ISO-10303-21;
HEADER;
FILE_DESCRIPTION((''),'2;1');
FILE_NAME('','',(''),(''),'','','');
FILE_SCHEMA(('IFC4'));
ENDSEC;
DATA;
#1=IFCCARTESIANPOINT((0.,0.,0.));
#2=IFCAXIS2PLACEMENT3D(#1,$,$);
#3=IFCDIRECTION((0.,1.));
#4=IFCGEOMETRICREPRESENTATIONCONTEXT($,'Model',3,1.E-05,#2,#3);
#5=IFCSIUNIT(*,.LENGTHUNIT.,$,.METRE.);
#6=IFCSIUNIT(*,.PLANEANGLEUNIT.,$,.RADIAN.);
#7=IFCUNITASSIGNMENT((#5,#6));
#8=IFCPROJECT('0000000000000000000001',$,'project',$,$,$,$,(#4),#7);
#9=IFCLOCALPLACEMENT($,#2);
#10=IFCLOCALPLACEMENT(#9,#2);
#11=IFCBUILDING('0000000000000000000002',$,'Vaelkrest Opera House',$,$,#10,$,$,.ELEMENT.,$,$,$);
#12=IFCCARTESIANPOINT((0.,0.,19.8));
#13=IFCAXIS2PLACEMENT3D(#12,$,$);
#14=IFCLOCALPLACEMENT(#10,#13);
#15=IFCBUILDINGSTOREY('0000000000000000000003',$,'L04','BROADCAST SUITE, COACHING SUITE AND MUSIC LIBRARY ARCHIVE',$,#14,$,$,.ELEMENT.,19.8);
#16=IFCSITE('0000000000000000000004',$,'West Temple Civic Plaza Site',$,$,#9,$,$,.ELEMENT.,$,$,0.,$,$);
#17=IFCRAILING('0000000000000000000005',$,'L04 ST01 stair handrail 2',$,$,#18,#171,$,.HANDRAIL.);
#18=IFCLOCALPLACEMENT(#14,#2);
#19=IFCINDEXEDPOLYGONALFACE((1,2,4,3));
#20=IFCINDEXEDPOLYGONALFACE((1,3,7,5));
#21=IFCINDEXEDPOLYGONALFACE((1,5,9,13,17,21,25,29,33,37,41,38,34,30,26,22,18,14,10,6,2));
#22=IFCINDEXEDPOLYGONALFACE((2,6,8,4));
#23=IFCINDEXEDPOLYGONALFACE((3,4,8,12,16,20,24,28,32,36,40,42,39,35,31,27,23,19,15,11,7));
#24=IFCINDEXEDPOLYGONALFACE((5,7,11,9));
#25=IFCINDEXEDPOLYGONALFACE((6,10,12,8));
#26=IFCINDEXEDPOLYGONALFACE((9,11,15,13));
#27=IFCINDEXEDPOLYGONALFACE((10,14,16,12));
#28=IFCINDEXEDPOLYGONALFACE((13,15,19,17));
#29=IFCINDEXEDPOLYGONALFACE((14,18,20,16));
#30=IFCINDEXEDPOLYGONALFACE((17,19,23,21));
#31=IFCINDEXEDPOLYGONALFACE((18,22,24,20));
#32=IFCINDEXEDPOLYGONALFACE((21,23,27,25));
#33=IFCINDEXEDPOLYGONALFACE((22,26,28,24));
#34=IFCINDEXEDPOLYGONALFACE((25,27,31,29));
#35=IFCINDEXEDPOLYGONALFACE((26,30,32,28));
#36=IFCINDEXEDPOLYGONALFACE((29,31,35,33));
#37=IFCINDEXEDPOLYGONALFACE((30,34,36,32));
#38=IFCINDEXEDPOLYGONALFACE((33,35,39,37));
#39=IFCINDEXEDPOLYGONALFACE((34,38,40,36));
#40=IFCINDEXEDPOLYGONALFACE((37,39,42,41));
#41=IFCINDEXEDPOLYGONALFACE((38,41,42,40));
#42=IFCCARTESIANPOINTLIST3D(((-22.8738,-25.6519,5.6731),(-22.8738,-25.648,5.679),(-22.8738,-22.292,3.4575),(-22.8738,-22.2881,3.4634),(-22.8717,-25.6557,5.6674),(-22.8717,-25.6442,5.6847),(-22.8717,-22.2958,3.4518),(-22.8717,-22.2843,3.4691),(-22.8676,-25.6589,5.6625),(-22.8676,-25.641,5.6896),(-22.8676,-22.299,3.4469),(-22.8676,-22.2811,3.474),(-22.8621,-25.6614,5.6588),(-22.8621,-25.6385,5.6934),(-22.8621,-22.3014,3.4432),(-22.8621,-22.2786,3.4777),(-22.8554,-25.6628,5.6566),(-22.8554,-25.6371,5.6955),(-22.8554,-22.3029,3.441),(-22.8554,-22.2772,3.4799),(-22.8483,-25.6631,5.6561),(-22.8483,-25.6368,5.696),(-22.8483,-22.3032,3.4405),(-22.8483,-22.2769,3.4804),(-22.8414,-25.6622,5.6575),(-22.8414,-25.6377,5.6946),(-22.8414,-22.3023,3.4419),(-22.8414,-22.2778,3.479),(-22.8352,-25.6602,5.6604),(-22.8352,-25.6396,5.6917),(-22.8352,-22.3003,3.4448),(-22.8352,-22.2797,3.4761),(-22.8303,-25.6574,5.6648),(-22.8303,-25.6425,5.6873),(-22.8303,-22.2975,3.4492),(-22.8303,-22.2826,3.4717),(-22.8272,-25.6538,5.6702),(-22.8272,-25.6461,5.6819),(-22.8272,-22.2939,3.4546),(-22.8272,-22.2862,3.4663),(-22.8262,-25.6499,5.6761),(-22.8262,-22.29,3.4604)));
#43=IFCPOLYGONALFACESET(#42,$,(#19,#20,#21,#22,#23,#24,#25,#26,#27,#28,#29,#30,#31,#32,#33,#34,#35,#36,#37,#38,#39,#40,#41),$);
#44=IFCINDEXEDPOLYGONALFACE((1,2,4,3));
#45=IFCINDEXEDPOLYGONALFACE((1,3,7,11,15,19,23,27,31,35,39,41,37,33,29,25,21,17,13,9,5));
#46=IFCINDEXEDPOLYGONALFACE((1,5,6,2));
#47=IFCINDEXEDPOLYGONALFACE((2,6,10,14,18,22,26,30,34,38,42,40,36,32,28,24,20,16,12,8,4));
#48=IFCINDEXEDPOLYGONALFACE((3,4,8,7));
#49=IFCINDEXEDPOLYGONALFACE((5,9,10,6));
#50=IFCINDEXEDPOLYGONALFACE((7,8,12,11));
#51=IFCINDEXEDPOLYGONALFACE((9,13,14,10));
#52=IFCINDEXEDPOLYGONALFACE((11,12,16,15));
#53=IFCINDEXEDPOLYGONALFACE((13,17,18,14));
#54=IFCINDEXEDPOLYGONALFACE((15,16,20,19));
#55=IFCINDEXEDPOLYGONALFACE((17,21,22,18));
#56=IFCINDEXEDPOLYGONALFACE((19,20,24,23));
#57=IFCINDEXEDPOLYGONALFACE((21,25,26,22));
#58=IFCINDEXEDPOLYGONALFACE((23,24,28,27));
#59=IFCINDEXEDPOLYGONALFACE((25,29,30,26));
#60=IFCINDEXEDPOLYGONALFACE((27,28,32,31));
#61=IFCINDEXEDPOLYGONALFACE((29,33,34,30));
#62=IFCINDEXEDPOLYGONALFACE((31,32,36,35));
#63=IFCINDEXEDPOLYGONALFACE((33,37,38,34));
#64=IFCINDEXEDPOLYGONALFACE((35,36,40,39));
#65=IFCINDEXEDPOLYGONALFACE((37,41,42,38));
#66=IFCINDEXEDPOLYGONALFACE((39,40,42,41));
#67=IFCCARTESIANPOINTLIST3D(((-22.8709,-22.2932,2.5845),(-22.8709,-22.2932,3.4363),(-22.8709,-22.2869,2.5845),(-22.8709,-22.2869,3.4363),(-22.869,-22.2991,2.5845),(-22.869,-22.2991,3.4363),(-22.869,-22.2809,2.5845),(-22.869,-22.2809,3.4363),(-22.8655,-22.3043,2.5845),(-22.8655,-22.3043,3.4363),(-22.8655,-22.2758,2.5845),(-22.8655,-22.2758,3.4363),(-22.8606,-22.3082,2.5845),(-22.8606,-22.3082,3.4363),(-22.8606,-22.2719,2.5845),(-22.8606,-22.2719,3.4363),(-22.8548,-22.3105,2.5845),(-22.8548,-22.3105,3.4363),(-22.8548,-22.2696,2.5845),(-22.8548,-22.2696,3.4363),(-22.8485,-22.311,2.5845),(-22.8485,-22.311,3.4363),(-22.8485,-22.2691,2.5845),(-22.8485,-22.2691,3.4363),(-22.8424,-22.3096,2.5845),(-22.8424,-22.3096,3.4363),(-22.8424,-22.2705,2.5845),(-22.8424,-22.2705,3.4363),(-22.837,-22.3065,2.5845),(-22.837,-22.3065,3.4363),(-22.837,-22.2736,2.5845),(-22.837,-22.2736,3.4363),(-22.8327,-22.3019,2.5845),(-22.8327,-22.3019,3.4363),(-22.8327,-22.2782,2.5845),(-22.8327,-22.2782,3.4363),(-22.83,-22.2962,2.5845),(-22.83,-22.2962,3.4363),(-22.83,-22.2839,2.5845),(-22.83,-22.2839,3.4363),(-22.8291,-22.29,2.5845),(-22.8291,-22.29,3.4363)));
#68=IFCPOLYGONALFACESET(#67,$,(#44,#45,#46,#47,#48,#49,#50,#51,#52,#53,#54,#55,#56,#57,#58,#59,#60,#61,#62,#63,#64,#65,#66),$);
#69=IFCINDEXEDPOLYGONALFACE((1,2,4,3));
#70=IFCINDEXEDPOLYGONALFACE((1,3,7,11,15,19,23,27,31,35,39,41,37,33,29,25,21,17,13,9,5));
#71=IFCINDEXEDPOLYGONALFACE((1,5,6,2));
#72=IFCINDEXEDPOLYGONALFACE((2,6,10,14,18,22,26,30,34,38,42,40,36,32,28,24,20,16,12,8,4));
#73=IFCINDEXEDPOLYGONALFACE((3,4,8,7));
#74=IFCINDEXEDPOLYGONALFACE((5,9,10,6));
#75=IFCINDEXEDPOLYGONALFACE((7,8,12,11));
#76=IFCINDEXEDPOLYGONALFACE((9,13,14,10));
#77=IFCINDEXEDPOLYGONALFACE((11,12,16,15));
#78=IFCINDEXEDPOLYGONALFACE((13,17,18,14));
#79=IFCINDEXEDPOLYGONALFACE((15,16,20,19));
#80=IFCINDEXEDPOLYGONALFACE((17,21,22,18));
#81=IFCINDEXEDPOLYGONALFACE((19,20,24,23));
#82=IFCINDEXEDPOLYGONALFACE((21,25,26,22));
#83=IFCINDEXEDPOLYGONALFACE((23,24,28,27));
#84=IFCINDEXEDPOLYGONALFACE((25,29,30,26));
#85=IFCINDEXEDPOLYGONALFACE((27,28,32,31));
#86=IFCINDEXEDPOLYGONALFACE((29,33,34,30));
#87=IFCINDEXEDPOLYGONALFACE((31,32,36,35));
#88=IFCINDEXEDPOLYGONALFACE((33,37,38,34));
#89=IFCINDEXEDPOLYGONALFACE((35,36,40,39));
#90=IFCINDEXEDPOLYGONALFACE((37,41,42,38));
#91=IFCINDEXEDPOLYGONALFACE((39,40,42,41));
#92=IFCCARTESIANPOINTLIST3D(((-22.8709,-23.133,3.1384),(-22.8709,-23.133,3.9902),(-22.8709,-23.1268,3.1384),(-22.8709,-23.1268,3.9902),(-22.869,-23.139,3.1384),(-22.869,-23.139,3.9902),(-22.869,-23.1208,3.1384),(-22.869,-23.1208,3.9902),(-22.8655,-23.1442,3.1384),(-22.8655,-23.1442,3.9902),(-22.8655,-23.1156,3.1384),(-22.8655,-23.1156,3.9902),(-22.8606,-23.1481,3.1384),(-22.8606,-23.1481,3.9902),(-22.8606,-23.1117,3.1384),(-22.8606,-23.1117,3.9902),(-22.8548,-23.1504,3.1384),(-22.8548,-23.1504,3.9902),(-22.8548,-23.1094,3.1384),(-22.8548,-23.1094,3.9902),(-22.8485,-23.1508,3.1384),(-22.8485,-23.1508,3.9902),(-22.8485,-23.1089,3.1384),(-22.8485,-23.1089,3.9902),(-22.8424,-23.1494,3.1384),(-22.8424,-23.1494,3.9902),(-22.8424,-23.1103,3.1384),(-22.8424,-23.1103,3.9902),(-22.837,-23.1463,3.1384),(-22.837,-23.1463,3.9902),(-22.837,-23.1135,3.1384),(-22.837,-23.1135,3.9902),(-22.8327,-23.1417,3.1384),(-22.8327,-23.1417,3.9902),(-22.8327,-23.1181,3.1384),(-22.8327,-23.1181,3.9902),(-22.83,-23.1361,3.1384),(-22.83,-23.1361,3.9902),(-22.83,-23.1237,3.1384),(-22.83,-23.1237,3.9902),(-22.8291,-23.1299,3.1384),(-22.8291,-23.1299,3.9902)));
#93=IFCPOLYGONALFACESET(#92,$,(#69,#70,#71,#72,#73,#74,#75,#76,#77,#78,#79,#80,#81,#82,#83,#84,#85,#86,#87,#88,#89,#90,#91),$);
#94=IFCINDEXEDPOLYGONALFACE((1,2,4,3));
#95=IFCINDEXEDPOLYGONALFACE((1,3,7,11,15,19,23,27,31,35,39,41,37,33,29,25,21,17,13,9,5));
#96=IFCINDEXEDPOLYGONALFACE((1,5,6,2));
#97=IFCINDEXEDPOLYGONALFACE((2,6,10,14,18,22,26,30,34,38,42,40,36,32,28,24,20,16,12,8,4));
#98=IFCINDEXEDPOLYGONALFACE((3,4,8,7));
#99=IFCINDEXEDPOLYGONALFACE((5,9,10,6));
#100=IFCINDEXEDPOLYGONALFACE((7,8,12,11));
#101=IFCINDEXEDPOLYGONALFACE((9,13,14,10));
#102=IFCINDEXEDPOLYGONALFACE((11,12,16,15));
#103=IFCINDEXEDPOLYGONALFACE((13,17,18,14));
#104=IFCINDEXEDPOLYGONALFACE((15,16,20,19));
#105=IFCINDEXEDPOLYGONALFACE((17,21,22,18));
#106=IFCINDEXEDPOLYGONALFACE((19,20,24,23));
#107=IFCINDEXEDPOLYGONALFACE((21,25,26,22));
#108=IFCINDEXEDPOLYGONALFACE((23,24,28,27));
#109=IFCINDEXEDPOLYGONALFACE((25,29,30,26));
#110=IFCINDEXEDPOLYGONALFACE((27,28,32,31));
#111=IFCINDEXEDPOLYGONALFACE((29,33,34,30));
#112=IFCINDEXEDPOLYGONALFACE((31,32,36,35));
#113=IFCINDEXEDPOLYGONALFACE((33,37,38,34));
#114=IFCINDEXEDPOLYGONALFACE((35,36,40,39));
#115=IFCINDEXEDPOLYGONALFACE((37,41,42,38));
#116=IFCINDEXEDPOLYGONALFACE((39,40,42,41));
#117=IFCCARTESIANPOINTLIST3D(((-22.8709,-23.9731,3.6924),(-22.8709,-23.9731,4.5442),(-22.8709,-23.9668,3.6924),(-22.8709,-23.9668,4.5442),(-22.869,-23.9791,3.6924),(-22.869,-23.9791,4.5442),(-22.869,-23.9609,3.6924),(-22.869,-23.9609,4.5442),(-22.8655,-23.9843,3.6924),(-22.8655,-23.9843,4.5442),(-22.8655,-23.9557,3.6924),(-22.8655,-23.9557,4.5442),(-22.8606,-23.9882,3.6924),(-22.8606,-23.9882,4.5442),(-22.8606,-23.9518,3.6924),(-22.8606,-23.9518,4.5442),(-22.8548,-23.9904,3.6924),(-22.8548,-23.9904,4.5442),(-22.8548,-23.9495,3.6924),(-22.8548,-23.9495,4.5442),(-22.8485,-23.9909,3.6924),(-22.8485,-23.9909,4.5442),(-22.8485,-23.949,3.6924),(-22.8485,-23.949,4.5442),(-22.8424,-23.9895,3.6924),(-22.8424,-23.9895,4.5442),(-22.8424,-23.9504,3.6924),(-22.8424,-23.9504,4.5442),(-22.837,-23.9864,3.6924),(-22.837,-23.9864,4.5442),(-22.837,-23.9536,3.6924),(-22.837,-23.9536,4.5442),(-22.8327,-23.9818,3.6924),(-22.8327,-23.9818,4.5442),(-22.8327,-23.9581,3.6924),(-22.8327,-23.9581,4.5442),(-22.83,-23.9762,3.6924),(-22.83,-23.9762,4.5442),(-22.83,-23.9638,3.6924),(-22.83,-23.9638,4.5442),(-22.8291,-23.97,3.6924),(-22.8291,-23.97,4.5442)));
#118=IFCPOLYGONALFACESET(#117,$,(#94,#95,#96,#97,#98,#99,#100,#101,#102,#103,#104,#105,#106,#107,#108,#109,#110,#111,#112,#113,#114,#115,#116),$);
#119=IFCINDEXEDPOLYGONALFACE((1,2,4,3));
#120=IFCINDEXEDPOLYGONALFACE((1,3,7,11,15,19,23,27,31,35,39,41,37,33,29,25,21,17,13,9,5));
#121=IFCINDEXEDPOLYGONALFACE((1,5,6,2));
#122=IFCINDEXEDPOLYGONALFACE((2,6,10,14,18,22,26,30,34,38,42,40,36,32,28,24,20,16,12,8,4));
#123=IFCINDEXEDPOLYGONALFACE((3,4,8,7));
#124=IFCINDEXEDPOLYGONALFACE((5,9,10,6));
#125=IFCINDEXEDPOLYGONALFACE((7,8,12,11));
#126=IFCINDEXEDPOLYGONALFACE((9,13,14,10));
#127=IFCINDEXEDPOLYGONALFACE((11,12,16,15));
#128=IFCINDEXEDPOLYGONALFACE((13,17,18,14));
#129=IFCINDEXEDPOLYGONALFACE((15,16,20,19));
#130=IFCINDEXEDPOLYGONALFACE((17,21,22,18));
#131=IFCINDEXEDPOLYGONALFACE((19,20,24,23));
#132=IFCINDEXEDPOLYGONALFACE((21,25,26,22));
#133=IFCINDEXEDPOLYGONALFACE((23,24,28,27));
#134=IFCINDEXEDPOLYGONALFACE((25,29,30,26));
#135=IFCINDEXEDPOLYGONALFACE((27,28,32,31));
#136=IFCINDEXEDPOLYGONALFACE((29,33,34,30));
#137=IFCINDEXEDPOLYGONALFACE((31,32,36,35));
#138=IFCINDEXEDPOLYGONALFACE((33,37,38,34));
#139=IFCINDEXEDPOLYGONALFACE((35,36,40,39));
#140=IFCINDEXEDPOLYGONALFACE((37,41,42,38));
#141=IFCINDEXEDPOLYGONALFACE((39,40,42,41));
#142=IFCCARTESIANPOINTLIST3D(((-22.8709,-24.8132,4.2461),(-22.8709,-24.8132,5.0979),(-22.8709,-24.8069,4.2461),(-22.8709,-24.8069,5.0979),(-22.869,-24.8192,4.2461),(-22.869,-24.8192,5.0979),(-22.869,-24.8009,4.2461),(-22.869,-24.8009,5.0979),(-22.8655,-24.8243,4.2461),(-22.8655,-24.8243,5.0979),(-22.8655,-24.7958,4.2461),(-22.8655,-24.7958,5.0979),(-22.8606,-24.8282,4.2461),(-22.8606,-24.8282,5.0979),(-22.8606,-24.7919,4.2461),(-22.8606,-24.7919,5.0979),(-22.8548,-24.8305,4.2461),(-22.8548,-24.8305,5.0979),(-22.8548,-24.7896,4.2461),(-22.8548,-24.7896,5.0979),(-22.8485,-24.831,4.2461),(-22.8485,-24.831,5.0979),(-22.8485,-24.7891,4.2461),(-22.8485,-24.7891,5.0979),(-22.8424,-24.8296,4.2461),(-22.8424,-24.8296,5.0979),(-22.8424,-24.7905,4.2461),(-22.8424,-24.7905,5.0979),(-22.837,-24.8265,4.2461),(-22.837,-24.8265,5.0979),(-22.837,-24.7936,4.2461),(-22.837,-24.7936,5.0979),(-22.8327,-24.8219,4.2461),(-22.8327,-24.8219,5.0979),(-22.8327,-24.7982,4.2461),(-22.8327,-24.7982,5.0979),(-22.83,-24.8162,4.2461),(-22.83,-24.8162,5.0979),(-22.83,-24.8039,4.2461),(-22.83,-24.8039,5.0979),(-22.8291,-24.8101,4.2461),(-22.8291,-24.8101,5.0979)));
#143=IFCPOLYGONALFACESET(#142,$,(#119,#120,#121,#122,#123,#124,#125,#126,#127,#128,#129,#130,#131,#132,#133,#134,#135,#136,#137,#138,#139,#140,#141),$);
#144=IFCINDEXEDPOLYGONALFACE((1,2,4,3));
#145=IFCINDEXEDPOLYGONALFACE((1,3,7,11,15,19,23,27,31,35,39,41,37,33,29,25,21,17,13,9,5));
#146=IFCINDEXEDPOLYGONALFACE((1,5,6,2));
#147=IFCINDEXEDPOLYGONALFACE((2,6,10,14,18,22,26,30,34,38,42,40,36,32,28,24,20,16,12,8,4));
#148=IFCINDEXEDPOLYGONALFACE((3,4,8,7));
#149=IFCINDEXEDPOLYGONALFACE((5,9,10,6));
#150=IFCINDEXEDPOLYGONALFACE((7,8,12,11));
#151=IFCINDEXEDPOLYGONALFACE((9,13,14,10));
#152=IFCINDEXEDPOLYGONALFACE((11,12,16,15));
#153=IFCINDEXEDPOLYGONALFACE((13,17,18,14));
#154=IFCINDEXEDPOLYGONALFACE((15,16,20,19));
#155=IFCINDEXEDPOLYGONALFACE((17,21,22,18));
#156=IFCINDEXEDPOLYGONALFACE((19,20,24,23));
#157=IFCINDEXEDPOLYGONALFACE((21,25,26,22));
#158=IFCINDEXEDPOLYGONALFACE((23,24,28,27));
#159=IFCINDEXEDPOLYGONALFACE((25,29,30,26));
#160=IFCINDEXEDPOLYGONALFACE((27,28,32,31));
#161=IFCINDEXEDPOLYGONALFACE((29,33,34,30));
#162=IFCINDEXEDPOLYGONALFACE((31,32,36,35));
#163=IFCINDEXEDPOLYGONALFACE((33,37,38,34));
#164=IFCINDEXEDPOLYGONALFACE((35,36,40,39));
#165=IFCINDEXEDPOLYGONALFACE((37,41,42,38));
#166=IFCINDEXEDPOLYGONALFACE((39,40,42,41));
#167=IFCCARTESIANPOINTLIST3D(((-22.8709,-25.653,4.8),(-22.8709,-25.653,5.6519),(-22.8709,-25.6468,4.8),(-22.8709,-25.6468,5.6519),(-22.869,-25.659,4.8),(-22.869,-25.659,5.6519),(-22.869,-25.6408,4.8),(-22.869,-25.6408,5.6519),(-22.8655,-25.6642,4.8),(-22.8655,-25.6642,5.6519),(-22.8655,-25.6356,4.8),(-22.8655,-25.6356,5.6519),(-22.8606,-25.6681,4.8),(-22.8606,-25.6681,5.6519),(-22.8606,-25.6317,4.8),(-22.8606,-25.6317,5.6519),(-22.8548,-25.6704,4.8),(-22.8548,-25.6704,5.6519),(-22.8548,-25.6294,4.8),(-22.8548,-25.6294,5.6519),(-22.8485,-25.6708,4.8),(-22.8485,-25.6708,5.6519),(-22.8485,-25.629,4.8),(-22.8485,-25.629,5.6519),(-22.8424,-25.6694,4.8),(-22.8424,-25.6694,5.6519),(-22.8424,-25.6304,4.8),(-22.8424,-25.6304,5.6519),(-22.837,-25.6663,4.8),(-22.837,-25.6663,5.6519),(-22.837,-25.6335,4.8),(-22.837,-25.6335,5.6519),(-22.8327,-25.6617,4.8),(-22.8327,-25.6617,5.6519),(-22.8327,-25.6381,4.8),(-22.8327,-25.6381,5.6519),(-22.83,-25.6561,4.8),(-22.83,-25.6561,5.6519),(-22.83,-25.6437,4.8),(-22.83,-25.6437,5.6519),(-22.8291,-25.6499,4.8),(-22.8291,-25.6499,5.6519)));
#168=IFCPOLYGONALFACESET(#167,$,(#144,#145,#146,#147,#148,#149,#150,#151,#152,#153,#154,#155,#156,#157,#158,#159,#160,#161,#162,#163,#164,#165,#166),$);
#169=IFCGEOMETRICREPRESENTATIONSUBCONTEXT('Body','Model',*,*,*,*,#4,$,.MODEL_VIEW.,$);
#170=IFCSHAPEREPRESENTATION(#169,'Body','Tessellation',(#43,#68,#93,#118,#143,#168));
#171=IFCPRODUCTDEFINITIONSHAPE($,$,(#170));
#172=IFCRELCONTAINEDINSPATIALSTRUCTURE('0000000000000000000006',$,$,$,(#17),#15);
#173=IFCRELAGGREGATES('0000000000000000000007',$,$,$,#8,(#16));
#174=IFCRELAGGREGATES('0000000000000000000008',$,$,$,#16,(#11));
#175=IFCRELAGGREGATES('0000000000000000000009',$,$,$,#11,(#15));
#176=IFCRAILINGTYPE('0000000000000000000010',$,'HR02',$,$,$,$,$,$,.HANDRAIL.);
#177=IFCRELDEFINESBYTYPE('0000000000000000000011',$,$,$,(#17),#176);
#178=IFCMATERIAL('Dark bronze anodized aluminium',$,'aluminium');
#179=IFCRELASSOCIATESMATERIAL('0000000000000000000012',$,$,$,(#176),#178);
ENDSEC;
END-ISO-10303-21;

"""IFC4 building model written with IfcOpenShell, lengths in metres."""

from ifc_helpers import new_model, si_unit, direction, frame, origin, origin_2d, place, context, subcontext, project, spatial, circle, extrude, material, type_object, element, save


model = new_model("IFC4")

# Units and contexts
model_context = context("Model", 3, precision=1e-05, world=origin(), true_north=direction((0.0, 1.0)))
body_context = subcontext(model_context, "Body", "Model", "MODEL_VIEW")
ifc_project = project(units=[si_unit("LENGTHUNIT", "METRE"), si_unit("PLANEANGLEUNIT", "RADIAN")], contexts=[model_context])

# Site, building, storey
site_placement = place(None, origin())
site = spatial("IfcSite", under=ifc_project, at=site_placement, Name="West Temple Civic Plaza Site", CompositionType="ELEMENT", RefElevation=0.0)
building_placement = place(site_placement, origin())
building = spatial("IfcBuilding", under=site, at=building_placement, Name="Vaelkrest Opera House", CompositionType="ELEMENT")
storey_placement = place(building_placement, frame((0.0, 0.0, 19.8)))
storey = spatial("IfcBuildingStorey", under=building, at=storey_placement, Name="L04", Description="BROADCAST SUITE, COACHING SUITE AND MUSIC LIBRARY ARCHIVE", CompositionType="ELEMENT", Elevation=19.8)

# Shared definitions
ifc_material_1 = material(Name="Dark bronze anodized aluminium", Category="aluminium")

# Railing
railing_type_1 = type_object("IfcRailingType", Name="HR02", PredefinedType="HANDRAIL", material=ifc_material_1)
railing_1_placement = place(storey_placement, frame((-22.8501, -22.29, 2.5845)))
element("IfcRailing", 1, at=railing_1_placement, inside=storey, type_object=railing_type_1, Name="L04 ST01 stair handrail 2", PredefinedType="HANDRAIL", context=body_context, shape_type="SweptSolid", body=[
    extrude(circle(Radius=0.0239, at=origin_2d()), frame((0.0, 0.0, 0.876), z_axis=(0.0, -0.83483, 0.550508), x_axis=(1.0, 0.0, 0.0)), (0.0, 0.0, 1.0), 4.0247),
    extrude(circle(Radius=0.021, at=origin_2d()), origin(), (0.0, 0.0, 1.0), 0.8518),
    extrude(circle(Radius=0.021, at=origin_2d()), frame((0.0, -0.8398, 0.554)), (0.0, 0.0, 1.0), 0.8518),
    extrude(circle(Radius=0.021, at=origin_2d()), frame((0.0, -1.6799, 1.1079)), (0.0, 0.0, 1.0), 0.8518),
    extrude(circle(Radius=0.021, at=origin_2d()), frame((0.0, -2.52, 1.6616)), (0.0, 0.0, 1.0), 0.8518),
    extrude(circle(Radius=0.021, at=origin_2d()), frame((0.0, -3.3599, 2.2156)), (0.0, 0.0, 1.0), 0.8518),
])

save(model, "model.ifc")
